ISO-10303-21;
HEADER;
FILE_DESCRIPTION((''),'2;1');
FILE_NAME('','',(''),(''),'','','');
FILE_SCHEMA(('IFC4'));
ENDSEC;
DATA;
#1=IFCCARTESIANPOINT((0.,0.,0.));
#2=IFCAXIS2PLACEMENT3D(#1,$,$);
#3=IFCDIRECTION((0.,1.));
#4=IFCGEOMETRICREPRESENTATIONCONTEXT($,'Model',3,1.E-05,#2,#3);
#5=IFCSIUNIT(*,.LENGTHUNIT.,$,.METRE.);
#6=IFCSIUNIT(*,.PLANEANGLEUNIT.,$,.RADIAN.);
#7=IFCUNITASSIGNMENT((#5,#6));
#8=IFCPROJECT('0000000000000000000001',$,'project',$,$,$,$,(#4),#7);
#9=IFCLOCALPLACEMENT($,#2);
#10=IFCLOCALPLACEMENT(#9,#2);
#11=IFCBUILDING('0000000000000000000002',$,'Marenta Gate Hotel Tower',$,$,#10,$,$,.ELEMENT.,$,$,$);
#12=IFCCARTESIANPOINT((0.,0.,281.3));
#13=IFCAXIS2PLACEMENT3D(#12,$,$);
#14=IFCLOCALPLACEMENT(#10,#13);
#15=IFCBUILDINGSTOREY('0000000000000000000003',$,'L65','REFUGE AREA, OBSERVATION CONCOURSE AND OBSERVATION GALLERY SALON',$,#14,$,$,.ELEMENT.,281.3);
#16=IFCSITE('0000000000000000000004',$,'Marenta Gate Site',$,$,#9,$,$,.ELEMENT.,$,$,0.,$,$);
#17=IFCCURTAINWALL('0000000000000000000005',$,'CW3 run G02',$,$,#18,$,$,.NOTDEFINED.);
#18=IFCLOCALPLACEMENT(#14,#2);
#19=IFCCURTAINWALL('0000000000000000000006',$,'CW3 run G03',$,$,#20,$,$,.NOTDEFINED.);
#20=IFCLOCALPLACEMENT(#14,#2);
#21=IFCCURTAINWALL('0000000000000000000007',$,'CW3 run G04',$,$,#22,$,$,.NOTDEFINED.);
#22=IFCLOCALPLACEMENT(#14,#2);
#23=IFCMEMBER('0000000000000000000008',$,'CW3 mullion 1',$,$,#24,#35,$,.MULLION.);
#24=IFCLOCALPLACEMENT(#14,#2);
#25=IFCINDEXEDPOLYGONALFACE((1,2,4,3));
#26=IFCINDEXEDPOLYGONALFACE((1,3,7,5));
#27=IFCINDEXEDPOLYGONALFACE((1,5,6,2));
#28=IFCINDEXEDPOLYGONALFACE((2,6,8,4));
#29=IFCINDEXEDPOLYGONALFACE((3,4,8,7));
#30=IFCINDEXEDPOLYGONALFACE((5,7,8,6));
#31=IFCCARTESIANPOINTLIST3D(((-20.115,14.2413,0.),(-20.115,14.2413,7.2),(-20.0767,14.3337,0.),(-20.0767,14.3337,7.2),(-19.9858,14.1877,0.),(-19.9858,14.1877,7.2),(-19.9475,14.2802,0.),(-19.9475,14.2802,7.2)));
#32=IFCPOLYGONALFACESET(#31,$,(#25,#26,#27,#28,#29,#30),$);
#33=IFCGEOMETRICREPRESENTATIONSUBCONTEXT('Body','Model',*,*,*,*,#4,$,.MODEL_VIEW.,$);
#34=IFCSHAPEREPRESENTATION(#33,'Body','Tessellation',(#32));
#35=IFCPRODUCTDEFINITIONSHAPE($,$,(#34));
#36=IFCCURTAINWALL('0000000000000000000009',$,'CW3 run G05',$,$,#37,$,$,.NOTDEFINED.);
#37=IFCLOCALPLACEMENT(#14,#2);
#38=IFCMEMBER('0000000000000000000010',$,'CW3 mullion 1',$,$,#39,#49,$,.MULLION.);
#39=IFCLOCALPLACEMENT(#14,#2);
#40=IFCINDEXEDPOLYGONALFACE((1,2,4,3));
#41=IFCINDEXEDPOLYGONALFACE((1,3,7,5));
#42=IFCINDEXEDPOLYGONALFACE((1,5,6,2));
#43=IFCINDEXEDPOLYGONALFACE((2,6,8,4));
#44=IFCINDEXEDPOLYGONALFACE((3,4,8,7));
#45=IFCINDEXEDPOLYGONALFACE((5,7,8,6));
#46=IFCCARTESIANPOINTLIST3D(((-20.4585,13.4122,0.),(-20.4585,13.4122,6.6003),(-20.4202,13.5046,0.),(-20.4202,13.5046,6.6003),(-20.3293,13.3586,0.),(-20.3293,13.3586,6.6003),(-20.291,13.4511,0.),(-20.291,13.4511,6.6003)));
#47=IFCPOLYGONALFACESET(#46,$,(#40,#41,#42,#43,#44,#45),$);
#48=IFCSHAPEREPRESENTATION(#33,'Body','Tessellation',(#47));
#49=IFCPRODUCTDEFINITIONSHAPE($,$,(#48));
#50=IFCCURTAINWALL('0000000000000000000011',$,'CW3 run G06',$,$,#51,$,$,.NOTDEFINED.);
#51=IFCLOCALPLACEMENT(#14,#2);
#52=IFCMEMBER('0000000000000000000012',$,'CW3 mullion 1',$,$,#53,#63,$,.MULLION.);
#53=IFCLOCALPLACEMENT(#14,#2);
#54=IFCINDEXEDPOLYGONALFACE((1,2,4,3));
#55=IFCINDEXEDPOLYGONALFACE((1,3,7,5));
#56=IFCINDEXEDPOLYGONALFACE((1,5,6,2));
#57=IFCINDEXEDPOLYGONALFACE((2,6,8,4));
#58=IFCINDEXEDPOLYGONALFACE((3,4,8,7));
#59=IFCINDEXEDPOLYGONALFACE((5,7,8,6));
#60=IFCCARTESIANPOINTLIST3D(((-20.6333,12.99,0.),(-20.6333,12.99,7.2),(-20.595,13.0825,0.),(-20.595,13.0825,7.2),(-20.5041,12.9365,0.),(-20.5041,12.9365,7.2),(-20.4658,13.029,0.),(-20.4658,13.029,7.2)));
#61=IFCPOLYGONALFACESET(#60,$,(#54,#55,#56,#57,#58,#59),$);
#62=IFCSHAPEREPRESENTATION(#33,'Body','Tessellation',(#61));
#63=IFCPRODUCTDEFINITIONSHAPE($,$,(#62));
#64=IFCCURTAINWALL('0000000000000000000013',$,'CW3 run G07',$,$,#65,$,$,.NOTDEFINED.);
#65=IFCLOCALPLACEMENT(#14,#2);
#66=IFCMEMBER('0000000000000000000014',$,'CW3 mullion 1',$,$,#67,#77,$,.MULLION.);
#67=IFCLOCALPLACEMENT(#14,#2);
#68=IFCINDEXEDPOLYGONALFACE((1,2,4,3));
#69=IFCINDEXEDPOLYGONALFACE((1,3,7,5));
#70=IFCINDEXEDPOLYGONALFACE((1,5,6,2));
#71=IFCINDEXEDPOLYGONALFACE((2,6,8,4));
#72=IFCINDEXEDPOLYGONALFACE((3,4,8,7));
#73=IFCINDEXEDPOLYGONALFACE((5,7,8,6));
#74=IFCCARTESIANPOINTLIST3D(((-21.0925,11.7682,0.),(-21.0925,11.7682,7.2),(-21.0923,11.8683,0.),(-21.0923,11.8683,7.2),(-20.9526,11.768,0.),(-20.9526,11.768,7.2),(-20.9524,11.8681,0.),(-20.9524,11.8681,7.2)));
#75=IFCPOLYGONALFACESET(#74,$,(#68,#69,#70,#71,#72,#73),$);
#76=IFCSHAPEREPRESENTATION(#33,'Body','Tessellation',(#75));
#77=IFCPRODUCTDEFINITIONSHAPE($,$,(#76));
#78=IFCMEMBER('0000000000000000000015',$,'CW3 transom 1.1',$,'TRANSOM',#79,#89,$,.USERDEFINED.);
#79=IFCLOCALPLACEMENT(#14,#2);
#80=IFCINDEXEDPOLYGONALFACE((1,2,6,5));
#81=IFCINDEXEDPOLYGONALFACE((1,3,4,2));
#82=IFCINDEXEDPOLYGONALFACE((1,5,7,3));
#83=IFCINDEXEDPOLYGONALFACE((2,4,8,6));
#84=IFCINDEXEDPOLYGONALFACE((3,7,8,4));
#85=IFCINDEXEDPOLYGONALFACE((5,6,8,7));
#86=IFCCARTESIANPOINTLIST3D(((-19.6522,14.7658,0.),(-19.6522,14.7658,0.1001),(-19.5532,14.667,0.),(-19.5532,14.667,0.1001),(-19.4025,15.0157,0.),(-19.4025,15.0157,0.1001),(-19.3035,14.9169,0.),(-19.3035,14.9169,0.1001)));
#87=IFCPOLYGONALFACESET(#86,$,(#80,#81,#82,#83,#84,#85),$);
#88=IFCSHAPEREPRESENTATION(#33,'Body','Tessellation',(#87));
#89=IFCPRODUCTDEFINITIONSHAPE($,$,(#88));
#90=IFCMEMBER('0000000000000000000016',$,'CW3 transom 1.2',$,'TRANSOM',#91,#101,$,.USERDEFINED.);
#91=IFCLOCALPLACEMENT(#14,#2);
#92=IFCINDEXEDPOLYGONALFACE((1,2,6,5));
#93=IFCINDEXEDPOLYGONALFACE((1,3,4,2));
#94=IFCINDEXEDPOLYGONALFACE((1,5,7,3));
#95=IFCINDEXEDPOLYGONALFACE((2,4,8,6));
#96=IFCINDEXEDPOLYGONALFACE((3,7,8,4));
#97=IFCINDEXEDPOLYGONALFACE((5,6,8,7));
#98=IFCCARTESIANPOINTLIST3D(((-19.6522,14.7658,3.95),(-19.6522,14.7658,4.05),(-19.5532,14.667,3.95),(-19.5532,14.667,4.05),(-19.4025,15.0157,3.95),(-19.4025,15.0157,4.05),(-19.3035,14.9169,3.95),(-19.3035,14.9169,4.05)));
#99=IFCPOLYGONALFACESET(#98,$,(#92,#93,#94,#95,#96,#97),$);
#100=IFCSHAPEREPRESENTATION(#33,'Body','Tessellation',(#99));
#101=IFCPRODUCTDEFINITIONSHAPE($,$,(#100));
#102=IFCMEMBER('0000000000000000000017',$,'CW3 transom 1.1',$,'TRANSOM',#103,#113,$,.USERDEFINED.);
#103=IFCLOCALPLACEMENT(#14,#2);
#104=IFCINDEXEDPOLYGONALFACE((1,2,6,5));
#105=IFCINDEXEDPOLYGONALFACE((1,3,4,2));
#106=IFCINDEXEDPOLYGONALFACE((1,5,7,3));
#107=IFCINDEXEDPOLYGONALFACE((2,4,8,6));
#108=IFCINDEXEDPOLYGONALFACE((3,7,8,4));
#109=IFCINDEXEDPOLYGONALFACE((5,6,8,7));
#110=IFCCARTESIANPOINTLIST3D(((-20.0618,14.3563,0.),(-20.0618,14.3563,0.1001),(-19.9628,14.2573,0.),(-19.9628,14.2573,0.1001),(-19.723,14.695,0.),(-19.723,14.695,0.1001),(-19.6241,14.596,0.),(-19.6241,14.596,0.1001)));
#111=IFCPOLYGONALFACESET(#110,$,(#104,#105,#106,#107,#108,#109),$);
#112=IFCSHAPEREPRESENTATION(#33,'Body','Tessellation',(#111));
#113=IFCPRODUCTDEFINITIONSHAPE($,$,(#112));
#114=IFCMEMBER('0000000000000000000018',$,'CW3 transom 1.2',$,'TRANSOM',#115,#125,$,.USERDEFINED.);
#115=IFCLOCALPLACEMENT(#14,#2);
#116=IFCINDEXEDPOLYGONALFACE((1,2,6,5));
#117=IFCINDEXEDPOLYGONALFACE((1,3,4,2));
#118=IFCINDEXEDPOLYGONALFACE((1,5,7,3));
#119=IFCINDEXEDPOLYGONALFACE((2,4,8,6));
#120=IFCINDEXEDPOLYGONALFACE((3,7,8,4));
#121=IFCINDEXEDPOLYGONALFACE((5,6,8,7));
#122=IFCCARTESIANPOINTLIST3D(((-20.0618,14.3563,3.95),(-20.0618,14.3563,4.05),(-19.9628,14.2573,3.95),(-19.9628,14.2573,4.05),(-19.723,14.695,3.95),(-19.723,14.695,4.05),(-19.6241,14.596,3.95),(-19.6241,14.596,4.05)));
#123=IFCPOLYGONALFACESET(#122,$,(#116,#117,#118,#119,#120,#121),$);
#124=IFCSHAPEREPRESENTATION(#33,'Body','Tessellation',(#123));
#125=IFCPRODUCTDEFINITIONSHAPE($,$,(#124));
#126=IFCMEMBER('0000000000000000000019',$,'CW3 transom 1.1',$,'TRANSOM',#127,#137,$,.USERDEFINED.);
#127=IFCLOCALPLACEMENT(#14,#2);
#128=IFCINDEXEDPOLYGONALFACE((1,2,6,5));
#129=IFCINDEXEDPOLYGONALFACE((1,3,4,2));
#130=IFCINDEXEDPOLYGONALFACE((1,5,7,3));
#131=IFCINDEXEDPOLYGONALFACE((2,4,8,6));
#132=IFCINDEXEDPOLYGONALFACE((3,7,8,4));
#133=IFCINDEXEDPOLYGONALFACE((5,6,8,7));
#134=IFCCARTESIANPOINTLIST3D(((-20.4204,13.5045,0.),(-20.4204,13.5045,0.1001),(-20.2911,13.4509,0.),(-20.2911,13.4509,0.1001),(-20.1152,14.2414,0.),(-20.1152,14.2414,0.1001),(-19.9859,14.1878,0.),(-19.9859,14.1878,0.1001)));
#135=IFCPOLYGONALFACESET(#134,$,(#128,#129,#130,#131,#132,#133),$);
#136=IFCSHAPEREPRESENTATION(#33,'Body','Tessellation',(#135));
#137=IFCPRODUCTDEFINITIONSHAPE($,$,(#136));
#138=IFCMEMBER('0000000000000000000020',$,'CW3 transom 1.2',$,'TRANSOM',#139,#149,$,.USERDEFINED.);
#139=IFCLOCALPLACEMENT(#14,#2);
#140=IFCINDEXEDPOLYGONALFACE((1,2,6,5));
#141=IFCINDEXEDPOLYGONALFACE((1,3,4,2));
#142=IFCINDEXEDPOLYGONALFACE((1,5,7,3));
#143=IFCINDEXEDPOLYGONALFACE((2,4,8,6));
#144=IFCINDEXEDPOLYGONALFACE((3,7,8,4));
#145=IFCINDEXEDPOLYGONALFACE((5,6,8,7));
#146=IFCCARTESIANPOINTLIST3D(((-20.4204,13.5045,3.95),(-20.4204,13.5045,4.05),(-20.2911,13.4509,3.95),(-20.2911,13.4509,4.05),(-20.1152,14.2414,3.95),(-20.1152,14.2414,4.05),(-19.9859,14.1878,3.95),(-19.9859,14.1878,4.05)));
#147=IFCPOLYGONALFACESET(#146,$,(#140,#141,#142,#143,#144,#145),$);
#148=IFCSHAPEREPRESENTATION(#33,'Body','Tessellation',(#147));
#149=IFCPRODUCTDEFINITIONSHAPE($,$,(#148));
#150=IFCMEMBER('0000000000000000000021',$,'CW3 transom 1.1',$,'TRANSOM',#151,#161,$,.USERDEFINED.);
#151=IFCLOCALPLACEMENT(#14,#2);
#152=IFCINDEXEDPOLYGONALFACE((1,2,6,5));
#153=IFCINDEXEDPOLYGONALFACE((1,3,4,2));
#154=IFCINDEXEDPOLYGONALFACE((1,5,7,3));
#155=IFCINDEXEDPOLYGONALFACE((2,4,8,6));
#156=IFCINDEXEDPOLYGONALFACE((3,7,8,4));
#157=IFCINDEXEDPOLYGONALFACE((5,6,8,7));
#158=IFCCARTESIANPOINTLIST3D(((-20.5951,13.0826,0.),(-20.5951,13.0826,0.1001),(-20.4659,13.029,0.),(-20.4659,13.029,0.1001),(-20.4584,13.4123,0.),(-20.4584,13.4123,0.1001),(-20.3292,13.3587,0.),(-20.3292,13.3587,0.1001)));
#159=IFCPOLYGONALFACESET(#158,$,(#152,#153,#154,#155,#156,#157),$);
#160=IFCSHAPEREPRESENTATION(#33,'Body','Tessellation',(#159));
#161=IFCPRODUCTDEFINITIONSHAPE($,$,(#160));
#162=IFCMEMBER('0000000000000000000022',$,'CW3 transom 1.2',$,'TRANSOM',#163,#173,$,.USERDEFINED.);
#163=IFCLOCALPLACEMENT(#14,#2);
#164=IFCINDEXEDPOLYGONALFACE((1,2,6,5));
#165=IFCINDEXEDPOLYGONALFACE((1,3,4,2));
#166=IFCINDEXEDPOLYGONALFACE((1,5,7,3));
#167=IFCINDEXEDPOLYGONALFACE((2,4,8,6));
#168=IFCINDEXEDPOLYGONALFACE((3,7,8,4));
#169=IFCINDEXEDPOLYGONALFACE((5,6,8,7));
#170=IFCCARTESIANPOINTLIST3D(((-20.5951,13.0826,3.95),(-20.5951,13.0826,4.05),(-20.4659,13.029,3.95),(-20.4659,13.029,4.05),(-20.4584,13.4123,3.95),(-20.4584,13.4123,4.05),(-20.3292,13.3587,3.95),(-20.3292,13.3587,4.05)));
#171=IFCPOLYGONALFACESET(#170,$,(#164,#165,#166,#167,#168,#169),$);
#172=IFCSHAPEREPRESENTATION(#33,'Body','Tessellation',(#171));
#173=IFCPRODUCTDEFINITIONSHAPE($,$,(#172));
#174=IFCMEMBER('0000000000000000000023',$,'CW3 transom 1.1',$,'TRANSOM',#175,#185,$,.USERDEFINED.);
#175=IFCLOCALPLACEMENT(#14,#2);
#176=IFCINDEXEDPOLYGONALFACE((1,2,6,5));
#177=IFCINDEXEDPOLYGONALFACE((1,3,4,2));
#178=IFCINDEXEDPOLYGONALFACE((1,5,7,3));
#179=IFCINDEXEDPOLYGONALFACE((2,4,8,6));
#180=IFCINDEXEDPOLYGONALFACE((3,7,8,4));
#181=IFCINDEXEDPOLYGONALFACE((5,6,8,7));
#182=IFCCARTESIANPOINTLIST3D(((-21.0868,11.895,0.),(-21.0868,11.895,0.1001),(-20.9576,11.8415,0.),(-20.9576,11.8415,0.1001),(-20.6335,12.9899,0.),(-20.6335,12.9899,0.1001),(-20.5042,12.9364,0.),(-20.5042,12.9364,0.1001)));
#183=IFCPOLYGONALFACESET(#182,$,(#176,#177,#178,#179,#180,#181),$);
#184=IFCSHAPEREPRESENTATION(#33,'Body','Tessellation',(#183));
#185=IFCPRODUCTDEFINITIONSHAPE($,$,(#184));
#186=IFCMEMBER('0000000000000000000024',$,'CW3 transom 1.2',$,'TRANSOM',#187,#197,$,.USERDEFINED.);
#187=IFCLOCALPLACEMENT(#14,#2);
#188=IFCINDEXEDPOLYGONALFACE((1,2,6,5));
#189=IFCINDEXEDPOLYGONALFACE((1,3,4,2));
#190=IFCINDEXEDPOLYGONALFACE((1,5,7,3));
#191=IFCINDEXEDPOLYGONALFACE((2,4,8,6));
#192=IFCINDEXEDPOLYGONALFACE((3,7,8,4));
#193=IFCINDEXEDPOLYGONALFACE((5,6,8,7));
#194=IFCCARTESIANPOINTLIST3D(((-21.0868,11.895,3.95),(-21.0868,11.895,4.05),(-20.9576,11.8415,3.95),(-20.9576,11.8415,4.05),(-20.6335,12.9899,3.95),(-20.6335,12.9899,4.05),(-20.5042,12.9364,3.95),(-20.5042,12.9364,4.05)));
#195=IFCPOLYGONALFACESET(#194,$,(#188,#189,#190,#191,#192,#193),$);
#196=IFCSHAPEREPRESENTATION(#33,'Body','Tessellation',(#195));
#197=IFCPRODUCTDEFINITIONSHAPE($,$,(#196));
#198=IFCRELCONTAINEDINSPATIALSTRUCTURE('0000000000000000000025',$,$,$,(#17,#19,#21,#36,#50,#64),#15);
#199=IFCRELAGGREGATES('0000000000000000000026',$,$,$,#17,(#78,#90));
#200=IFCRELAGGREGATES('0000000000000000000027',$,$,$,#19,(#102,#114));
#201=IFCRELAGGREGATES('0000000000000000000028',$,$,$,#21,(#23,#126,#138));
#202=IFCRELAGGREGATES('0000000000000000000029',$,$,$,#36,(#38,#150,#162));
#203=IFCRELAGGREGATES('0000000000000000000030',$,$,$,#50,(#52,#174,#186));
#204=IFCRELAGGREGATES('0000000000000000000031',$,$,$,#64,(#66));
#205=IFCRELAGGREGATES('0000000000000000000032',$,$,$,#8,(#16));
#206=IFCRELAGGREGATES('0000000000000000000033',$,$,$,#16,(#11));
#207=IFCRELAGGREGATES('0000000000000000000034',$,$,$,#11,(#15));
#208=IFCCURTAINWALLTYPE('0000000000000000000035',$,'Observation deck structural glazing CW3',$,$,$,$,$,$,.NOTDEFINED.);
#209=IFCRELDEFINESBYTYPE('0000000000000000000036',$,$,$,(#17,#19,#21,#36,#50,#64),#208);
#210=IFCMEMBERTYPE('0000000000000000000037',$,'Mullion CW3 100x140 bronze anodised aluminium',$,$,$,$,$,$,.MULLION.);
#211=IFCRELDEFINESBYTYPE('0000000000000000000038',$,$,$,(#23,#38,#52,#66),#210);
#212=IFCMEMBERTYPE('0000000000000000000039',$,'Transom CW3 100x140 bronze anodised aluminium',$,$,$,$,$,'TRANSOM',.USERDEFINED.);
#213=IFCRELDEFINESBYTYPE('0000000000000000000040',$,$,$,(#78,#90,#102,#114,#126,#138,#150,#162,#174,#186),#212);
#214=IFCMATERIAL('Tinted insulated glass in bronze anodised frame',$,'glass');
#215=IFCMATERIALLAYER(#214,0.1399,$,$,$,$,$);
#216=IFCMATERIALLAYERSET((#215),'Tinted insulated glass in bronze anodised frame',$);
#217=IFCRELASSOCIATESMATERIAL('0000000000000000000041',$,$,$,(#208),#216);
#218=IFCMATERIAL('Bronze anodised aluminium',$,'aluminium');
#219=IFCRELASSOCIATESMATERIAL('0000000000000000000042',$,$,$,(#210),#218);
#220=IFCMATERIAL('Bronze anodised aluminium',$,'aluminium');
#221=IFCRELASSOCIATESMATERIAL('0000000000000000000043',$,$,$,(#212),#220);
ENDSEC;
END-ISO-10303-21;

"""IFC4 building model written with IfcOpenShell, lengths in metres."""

from ifc_helpers import new_model, si_unit, direction, frame, origin, origin_2d, place, context, subcontext, project, spatial, rectangle, extrude, material, layer, layer_set, material_profile, profile_set, type_object, element, aggregate, save


model = new_model("IFC4")

# Units and contexts
model_context = context("Model", 3, precision=1e-05, world=origin(), true_north=direction((0.0, 1.0)))
body_context = subcontext(model_context, "Body", "Model", "MODEL_VIEW")
ifc_project = project(units=[si_unit("LENGTHUNIT", "METRE"), si_unit("PLANEANGLEUNIT", "RADIAN")], contexts=[model_context])

# Site, building, storey
site_placement = place(None, origin())
site = spatial("IfcSite", under=ifc_project, at=site_placement, Name="Marenta Gate Site", CompositionType="ELEMENT", RefElevation=0.0)
building_placement = place(site_placement, origin())
building = spatial("IfcBuilding", under=site, at=building_placement, Name="Marenta Gate Hotel Tower", CompositionType="ELEMENT")
storey_placement = place(building_placement, frame((0.0, 0.0, 281.3)))
storey = spatial("IfcBuildingStorey", under=building, at=storey_placement, Name="L65", Description="REFUGE AREA, OBSERVATION CONCOURSE AND OBSERVATION GALLERY SALON", CompositionType="ELEMENT", Elevation=281.3)

# Curtain walls, members
ifc_material_1 = material(Name="Tinted insulated glass in bronze anodised frame", Category="glass")
ifc_layer_1 = layer(ifc_material_1, 0.1399)
ifc_layer_set_1 = layer_set([ifc_layer_1], Name="Tinted insulated glass in bronze anodised frame")
curtain_wall_type = type_object("IfcCurtainWallType", Name="Observation deck structural glazing CW3", PredefinedType="NOTDEFINED", material=ifc_layer_set_1)
curtain_wall_1_placement = place(storey_placement, origin())
curtain_wall_1 = element("IfcCurtainWall", 1, at=curtain_wall_1_placement, inside=storey, type_object=curtain_wall_type, Name="CW3 run G02", PredefinedType="NOTDEFINED")
ifc_material_2 = material(Name="Bronze anodised aluminium", Category="aluminium")
ifc_material_profile_1 = material_profile(ifc_material_2, rectangle(XDim=0.1399, YDim=0.1001, at=origin_2d()), Name="Mullion CW3 100x140 bronze anodised aluminium")
ifc_profile_set_1 = profile_set([ifc_material_profile_1], Name="Bronze anodised aluminium")
member_type_1 = type_object("IfcMemberType", Name="Mullion CW3 100x140 bronze anodised aluminium", PredefinedType="MULLION", material=ifc_profile_set_1)
curtain_wall_2_placement = place(storey_placement, origin())
curtain_wall_2 = element("IfcCurtainWall", 2, at=curtain_wall_2_placement, inside=storey, type_object=curtain_wall_type, Name="CW3 run G03", PredefinedType="NOTDEFINED")
curtain_wall_3_placement = place(storey_placement, origin())
curtain_wall_3 = element("IfcCurtainWall", 3, at=curtain_wall_3_placement, inside=storey, type_object=curtain_wall_type, Name="CW3 run G04", PredefinedType="NOTDEFINED")
member_1_placement = place(storey_placement, frame((-20.0312, 14.2607, 0.0), z_axis=(0.0, 0.0, 1.0), x_axis=(0.923873, -0.3827, 0.0)))
member_1 = element("IfcMember", 4, at=member_1_placement, type_object=member_type_1, Name="CW3 mullion 1", PredefinedType="MULLION", context=body_context, shape_type="SweptSolid", body=[
    extrude(rectangle(XDim=0.1399, YDim=0.1001, at=origin_2d()), origin(), (0.0, 0.0, 1.0), 7.2),
])
curtain_wall_4_placement = place(storey_placement, origin())
curtain_wall_4 = element("IfcCurtainWall", 5, at=curtain_wall_4_placement, inside=storey, type_object=curtain_wall_type, Name="CW3 run G05", PredefinedType="NOTDEFINED")
member_2_placement = place(storey_placement, frame((-20.3748, 13.4316, 0.0), z_axis=(0.0, 0.0, 1.0), x_axis=(0.923897, -0.382642, 0.0)))
member_2 = element("IfcMember", 6, at=member_2_placement, type_object=member_type_1, Name="CW3 mullion 1", PredefinedType="MULLION", context=body_context, shape_type="SweptSolid", body=[
    extrude(rectangle(XDim=0.1399, YDim=0.1001, at=origin_2d()), origin(), (0.0, 0.0, 1.0), 6.6003),
])
curtain_wall_5_placement = place(storey_placement, origin())
curtain_wall_5 = element("IfcCurtainWall", 7, at=curtain_wall_5_placement, inside=storey, type_object=curtain_wall_type, Name="CW3 run G06", PredefinedType="NOTDEFINED")
member_3_placement = place(storey_placement, frame((-20.5496, 13.0095, 0.0), z_axis=(0.0, 0.0, 1.0), x_axis=(0.92389, -0.382659, 0.0)))
member_3 = element("IfcMember", 8, at=member_3_placement, type_object=member_type_1, Name="CW3 mullion 1", PredefinedType="MULLION", context=body_context, shape_type="SweptSolid", body=[
    extrude(rectangle(XDim=0.1399, YDim=0.1001, at=origin_2d()), origin(), (0.0, 0.0, 1.0), 7.2),
])
curtain_wall_6_placement = place(storey_placement, origin())
curtain_wall_6 = element("IfcCurtainWall", 9, at=curtain_wall_6_placement, inside=storey, type_object=curtain_wall_type, Name="CW3 run G07", PredefinedType="NOTDEFINED")
member_4_placement = place(storey_placement, frame((-21.0225, 11.8181, 0.0), z_axis=(0.0, 0.0, 1.0), x_axis=(0.999999, -0.001567, 0.0)))
member_4 = element("IfcMember", 10, at=member_4_placement, type_object=member_type_1, Name="CW3 mullion 1", PredefinedType="MULLION", context=body_context, shape_type="SweptSolid", body=[
    extrude(rectangle(XDim=0.1399, YDim=0.1001, at=origin_2d()), origin(), (0.0, 0.0, 1.0), 7.2),
])

# Members
ifc_material_3 = material(Name="Bronze anodised aluminium", Category="aluminium")
ifc_material_profile_2 = material_profile(ifc_material_3, rectangle(XDim=0.1399, YDim=0.1001, at=origin_2d()), Name="Transom CW3 100x140 bronze anodised aluminium")
ifc_profile_set_2 = profile_set([ifc_material_profile_2], Name="Bronze anodised aluminium")
member_type_2 = type_object("IfcMemberType", Name="Transom CW3 100x140 bronze anodised aluminium", ElementType="TRANSOM", PredefinedType="USERDEFINED", material=ifc_profile_set_2)
member_5_placement = place(storey_placement, frame((-19.353, 14.9663, 0.05), z_axis=(-0.706761, -0.707452, 0.0), x_axis=(0.707452, -0.706761, 0.0)))
member_5 = element("IfcMember", 11, at=member_5_placement, type_object=member_type_2, Name="CW3 transom 1.1", ObjectType="TRANSOM", PredefinedType="USERDEFINED", context=body_context, shape_type="SweptSolid", body=[
    extrude(rectangle(XDim=0.1399, YDim=0.1001, at=origin_2d()), origin(), (0.0, 0.0, 1.0), 0.3533),
])
member_6_placement = place(storey_placement, frame((-19.353, 14.9663, 4.0), z_axis=(-0.706761, -0.707452, 0.0), x_axis=(0.707452, -0.706761, 0.0)))
member_6 = element("IfcMember", 12, at=member_6_placement, type_object=member_type_2, Name="CW3 transom 1.2", ObjectType="TRANSOM", PredefinedType="USERDEFINED", context=body_context, shape_type="SweptSolid", body=[
    extrude(rectangle(XDim=0.1399, YDim=0.1001, at=origin_2d()), origin(), (0.0, 0.0, 1.0), 0.3533),
])
member_7_placement = place(storey_placement, frame((-19.6736, 14.6455, 0.05), z_axis=(-0.707107, -0.707107, 0.0), x_axis=(0.707107, -0.707107, 0.0)))
member_7 = element("IfcMember", 13, at=member_7_placement, type_object=member_type_2, Name="CW3 transom 1.1", ObjectType="TRANSOM", PredefinedType="USERDEFINED", context=body_context, shape_type="SweptSolid", body=[
    extrude(rectangle(XDim=0.1399, YDim=0.1001, at=origin_2d()), origin(), (0.0, 0.0, 1.0), 0.479),
])
member_8_placement = place(storey_placement, frame((-19.6736, 14.6455, 4.0), z_axis=(-0.707107, -0.707107, 0.0), x_axis=(0.707107, -0.707107, 0.0)))
member_8 = element("IfcMember", 14, at=member_8_placement, type_object=member_type_2, Name="CW3 transom 1.2", ObjectType="TRANSOM", PredefinedType="USERDEFINED", context=body_context, shape_type="SweptSolid", body=[
    extrude(rectangle(XDim=0.1399, YDim=0.1001, at=origin_2d()), origin(), (0.0, 0.0, 1.0), 0.479),
])
member_9_placement = place(storey_placement, frame((-20.0505, 14.2146, 0.05), z_axis=(-0.382658, -0.92389, 0.0), x_axis=(0.92389, -0.382658, 0.0)))
member_9 = element("IfcMember", 15, at=member_9_placement, type_object=member_type_2, Name="CW3 transom 1.1", ObjectType="TRANSOM", PredefinedType="USERDEFINED", context=body_context, shape_type="SweptSolid", body=[
    extrude(rectangle(XDim=0.1399, YDim=0.1001, at=origin_2d()), origin(), (0.0, 0.0, 1.0), 0.7976),
])
member_10_placement = place(storey_placement, frame((-20.0505, 14.2146, 4.0), z_axis=(-0.382658, -0.92389, 0.0), x_axis=(0.92389, -0.382658, 0.0)))
member_10 = element("IfcMember", 16, at=member_10_placement, type_object=member_type_2, Name="CW3 transom 1.2", ObjectType="TRANSOM", PredefinedType="USERDEFINED", context=body_context, shape_type="SweptSolid", body=[
    extrude(rectangle(XDim=0.1399, YDim=0.1001, at=origin_2d()), origin(), (0.0, 0.0, 1.0), 0.7976),
])
member_11_placement = place(storey_placement, frame((-20.3938, 13.3855, 0.05), z_axis=(-0.382915, -0.923783, 0.0), x_axis=(0.923783, -0.382915, 0.0)))
member_11 = element("IfcMember", 17, at=member_11_placement, type_object=member_type_2, Name="CW3 transom 1.1", ObjectType="TRANSOM", PredefinedType="USERDEFINED", context=body_context, shape_type="SweptSolid", body=[
    extrude(rectangle(XDim=0.1399, YDim=0.1001, at=origin_2d()), origin(), (0.0, 0.0, 1.0), 0.3569),
])
member_12_placement = place(storey_placement, frame((-20.3938, 13.3855, 4.0), z_axis=(-0.382915, -0.923783, 0.0), x_axis=(0.923783, -0.382915, 0.0)))
member_12 = element("IfcMember", 18, at=member_12_placement, type_object=member_type_2, Name="CW3 transom 1.2", ObjectType="TRANSOM", PredefinedType="USERDEFINED", context=body_context, shape_type="SweptSolid", body=[
    extrude(rectangle(XDim=0.1399, YDim=0.1001, at=origin_2d()), origin(), (0.0, 0.0, 1.0), 0.3569),
])
member_13_placement = place(storey_placement, frame((-20.5688, 12.9631, 0.05), z_axis=(-0.382552, -0.923934, 0.0), x_axis=(0.923934, -0.382552, 0.0)))
member_13 = element("IfcMember", 19, at=member_13_placement, type_object=member_type_2, Name="CW3 transom 1.1", ObjectType="TRANSOM", PredefinedType="USERDEFINED", context=body_context, shape_type="SweptSolid", body=[
    extrude(rectangle(XDim=0.1399, YDim=0.1001, at=origin_2d()), origin(), (0.0, 0.0, 1.0), 1.1851),
])
member_14_placement = place(storey_placement, frame((-20.5688, 12.9631, 4.0), z_axis=(-0.382552, -0.923934, 0.0), x_axis=(0.923934, -0.382552, 0.0)))
member_14 = element("IfcMember", 20, at=member_14_placement, type_object=member_type_2, Name="CW3 transom 1.2", ObjectType="TRANSOM", PredefinedType="USERDEFINED", context=body_context, shape_type="SweptSolid", body=[
    extrude(rectangle(XDim=0.1399, YDim=0.1001, at=origin_2d()), origin(), (0.0, 0.0, 1.0), 1.1851),
])

aggregate(curtain_wall_1, [member_5, member_6])
aggregate(curtain_wall_2, [member_7, member_8])
aggregate(curtain_wall_3, [member_1, member_9, member_10])
aggregate(curtain_wall_4, [member_2, member_11, member_12])
aggregate(curtain_wall_5, [member_3, member_13, member_14])
aggregate(curtain_wall_6, [member_4])

save(model, "model.ifc")
